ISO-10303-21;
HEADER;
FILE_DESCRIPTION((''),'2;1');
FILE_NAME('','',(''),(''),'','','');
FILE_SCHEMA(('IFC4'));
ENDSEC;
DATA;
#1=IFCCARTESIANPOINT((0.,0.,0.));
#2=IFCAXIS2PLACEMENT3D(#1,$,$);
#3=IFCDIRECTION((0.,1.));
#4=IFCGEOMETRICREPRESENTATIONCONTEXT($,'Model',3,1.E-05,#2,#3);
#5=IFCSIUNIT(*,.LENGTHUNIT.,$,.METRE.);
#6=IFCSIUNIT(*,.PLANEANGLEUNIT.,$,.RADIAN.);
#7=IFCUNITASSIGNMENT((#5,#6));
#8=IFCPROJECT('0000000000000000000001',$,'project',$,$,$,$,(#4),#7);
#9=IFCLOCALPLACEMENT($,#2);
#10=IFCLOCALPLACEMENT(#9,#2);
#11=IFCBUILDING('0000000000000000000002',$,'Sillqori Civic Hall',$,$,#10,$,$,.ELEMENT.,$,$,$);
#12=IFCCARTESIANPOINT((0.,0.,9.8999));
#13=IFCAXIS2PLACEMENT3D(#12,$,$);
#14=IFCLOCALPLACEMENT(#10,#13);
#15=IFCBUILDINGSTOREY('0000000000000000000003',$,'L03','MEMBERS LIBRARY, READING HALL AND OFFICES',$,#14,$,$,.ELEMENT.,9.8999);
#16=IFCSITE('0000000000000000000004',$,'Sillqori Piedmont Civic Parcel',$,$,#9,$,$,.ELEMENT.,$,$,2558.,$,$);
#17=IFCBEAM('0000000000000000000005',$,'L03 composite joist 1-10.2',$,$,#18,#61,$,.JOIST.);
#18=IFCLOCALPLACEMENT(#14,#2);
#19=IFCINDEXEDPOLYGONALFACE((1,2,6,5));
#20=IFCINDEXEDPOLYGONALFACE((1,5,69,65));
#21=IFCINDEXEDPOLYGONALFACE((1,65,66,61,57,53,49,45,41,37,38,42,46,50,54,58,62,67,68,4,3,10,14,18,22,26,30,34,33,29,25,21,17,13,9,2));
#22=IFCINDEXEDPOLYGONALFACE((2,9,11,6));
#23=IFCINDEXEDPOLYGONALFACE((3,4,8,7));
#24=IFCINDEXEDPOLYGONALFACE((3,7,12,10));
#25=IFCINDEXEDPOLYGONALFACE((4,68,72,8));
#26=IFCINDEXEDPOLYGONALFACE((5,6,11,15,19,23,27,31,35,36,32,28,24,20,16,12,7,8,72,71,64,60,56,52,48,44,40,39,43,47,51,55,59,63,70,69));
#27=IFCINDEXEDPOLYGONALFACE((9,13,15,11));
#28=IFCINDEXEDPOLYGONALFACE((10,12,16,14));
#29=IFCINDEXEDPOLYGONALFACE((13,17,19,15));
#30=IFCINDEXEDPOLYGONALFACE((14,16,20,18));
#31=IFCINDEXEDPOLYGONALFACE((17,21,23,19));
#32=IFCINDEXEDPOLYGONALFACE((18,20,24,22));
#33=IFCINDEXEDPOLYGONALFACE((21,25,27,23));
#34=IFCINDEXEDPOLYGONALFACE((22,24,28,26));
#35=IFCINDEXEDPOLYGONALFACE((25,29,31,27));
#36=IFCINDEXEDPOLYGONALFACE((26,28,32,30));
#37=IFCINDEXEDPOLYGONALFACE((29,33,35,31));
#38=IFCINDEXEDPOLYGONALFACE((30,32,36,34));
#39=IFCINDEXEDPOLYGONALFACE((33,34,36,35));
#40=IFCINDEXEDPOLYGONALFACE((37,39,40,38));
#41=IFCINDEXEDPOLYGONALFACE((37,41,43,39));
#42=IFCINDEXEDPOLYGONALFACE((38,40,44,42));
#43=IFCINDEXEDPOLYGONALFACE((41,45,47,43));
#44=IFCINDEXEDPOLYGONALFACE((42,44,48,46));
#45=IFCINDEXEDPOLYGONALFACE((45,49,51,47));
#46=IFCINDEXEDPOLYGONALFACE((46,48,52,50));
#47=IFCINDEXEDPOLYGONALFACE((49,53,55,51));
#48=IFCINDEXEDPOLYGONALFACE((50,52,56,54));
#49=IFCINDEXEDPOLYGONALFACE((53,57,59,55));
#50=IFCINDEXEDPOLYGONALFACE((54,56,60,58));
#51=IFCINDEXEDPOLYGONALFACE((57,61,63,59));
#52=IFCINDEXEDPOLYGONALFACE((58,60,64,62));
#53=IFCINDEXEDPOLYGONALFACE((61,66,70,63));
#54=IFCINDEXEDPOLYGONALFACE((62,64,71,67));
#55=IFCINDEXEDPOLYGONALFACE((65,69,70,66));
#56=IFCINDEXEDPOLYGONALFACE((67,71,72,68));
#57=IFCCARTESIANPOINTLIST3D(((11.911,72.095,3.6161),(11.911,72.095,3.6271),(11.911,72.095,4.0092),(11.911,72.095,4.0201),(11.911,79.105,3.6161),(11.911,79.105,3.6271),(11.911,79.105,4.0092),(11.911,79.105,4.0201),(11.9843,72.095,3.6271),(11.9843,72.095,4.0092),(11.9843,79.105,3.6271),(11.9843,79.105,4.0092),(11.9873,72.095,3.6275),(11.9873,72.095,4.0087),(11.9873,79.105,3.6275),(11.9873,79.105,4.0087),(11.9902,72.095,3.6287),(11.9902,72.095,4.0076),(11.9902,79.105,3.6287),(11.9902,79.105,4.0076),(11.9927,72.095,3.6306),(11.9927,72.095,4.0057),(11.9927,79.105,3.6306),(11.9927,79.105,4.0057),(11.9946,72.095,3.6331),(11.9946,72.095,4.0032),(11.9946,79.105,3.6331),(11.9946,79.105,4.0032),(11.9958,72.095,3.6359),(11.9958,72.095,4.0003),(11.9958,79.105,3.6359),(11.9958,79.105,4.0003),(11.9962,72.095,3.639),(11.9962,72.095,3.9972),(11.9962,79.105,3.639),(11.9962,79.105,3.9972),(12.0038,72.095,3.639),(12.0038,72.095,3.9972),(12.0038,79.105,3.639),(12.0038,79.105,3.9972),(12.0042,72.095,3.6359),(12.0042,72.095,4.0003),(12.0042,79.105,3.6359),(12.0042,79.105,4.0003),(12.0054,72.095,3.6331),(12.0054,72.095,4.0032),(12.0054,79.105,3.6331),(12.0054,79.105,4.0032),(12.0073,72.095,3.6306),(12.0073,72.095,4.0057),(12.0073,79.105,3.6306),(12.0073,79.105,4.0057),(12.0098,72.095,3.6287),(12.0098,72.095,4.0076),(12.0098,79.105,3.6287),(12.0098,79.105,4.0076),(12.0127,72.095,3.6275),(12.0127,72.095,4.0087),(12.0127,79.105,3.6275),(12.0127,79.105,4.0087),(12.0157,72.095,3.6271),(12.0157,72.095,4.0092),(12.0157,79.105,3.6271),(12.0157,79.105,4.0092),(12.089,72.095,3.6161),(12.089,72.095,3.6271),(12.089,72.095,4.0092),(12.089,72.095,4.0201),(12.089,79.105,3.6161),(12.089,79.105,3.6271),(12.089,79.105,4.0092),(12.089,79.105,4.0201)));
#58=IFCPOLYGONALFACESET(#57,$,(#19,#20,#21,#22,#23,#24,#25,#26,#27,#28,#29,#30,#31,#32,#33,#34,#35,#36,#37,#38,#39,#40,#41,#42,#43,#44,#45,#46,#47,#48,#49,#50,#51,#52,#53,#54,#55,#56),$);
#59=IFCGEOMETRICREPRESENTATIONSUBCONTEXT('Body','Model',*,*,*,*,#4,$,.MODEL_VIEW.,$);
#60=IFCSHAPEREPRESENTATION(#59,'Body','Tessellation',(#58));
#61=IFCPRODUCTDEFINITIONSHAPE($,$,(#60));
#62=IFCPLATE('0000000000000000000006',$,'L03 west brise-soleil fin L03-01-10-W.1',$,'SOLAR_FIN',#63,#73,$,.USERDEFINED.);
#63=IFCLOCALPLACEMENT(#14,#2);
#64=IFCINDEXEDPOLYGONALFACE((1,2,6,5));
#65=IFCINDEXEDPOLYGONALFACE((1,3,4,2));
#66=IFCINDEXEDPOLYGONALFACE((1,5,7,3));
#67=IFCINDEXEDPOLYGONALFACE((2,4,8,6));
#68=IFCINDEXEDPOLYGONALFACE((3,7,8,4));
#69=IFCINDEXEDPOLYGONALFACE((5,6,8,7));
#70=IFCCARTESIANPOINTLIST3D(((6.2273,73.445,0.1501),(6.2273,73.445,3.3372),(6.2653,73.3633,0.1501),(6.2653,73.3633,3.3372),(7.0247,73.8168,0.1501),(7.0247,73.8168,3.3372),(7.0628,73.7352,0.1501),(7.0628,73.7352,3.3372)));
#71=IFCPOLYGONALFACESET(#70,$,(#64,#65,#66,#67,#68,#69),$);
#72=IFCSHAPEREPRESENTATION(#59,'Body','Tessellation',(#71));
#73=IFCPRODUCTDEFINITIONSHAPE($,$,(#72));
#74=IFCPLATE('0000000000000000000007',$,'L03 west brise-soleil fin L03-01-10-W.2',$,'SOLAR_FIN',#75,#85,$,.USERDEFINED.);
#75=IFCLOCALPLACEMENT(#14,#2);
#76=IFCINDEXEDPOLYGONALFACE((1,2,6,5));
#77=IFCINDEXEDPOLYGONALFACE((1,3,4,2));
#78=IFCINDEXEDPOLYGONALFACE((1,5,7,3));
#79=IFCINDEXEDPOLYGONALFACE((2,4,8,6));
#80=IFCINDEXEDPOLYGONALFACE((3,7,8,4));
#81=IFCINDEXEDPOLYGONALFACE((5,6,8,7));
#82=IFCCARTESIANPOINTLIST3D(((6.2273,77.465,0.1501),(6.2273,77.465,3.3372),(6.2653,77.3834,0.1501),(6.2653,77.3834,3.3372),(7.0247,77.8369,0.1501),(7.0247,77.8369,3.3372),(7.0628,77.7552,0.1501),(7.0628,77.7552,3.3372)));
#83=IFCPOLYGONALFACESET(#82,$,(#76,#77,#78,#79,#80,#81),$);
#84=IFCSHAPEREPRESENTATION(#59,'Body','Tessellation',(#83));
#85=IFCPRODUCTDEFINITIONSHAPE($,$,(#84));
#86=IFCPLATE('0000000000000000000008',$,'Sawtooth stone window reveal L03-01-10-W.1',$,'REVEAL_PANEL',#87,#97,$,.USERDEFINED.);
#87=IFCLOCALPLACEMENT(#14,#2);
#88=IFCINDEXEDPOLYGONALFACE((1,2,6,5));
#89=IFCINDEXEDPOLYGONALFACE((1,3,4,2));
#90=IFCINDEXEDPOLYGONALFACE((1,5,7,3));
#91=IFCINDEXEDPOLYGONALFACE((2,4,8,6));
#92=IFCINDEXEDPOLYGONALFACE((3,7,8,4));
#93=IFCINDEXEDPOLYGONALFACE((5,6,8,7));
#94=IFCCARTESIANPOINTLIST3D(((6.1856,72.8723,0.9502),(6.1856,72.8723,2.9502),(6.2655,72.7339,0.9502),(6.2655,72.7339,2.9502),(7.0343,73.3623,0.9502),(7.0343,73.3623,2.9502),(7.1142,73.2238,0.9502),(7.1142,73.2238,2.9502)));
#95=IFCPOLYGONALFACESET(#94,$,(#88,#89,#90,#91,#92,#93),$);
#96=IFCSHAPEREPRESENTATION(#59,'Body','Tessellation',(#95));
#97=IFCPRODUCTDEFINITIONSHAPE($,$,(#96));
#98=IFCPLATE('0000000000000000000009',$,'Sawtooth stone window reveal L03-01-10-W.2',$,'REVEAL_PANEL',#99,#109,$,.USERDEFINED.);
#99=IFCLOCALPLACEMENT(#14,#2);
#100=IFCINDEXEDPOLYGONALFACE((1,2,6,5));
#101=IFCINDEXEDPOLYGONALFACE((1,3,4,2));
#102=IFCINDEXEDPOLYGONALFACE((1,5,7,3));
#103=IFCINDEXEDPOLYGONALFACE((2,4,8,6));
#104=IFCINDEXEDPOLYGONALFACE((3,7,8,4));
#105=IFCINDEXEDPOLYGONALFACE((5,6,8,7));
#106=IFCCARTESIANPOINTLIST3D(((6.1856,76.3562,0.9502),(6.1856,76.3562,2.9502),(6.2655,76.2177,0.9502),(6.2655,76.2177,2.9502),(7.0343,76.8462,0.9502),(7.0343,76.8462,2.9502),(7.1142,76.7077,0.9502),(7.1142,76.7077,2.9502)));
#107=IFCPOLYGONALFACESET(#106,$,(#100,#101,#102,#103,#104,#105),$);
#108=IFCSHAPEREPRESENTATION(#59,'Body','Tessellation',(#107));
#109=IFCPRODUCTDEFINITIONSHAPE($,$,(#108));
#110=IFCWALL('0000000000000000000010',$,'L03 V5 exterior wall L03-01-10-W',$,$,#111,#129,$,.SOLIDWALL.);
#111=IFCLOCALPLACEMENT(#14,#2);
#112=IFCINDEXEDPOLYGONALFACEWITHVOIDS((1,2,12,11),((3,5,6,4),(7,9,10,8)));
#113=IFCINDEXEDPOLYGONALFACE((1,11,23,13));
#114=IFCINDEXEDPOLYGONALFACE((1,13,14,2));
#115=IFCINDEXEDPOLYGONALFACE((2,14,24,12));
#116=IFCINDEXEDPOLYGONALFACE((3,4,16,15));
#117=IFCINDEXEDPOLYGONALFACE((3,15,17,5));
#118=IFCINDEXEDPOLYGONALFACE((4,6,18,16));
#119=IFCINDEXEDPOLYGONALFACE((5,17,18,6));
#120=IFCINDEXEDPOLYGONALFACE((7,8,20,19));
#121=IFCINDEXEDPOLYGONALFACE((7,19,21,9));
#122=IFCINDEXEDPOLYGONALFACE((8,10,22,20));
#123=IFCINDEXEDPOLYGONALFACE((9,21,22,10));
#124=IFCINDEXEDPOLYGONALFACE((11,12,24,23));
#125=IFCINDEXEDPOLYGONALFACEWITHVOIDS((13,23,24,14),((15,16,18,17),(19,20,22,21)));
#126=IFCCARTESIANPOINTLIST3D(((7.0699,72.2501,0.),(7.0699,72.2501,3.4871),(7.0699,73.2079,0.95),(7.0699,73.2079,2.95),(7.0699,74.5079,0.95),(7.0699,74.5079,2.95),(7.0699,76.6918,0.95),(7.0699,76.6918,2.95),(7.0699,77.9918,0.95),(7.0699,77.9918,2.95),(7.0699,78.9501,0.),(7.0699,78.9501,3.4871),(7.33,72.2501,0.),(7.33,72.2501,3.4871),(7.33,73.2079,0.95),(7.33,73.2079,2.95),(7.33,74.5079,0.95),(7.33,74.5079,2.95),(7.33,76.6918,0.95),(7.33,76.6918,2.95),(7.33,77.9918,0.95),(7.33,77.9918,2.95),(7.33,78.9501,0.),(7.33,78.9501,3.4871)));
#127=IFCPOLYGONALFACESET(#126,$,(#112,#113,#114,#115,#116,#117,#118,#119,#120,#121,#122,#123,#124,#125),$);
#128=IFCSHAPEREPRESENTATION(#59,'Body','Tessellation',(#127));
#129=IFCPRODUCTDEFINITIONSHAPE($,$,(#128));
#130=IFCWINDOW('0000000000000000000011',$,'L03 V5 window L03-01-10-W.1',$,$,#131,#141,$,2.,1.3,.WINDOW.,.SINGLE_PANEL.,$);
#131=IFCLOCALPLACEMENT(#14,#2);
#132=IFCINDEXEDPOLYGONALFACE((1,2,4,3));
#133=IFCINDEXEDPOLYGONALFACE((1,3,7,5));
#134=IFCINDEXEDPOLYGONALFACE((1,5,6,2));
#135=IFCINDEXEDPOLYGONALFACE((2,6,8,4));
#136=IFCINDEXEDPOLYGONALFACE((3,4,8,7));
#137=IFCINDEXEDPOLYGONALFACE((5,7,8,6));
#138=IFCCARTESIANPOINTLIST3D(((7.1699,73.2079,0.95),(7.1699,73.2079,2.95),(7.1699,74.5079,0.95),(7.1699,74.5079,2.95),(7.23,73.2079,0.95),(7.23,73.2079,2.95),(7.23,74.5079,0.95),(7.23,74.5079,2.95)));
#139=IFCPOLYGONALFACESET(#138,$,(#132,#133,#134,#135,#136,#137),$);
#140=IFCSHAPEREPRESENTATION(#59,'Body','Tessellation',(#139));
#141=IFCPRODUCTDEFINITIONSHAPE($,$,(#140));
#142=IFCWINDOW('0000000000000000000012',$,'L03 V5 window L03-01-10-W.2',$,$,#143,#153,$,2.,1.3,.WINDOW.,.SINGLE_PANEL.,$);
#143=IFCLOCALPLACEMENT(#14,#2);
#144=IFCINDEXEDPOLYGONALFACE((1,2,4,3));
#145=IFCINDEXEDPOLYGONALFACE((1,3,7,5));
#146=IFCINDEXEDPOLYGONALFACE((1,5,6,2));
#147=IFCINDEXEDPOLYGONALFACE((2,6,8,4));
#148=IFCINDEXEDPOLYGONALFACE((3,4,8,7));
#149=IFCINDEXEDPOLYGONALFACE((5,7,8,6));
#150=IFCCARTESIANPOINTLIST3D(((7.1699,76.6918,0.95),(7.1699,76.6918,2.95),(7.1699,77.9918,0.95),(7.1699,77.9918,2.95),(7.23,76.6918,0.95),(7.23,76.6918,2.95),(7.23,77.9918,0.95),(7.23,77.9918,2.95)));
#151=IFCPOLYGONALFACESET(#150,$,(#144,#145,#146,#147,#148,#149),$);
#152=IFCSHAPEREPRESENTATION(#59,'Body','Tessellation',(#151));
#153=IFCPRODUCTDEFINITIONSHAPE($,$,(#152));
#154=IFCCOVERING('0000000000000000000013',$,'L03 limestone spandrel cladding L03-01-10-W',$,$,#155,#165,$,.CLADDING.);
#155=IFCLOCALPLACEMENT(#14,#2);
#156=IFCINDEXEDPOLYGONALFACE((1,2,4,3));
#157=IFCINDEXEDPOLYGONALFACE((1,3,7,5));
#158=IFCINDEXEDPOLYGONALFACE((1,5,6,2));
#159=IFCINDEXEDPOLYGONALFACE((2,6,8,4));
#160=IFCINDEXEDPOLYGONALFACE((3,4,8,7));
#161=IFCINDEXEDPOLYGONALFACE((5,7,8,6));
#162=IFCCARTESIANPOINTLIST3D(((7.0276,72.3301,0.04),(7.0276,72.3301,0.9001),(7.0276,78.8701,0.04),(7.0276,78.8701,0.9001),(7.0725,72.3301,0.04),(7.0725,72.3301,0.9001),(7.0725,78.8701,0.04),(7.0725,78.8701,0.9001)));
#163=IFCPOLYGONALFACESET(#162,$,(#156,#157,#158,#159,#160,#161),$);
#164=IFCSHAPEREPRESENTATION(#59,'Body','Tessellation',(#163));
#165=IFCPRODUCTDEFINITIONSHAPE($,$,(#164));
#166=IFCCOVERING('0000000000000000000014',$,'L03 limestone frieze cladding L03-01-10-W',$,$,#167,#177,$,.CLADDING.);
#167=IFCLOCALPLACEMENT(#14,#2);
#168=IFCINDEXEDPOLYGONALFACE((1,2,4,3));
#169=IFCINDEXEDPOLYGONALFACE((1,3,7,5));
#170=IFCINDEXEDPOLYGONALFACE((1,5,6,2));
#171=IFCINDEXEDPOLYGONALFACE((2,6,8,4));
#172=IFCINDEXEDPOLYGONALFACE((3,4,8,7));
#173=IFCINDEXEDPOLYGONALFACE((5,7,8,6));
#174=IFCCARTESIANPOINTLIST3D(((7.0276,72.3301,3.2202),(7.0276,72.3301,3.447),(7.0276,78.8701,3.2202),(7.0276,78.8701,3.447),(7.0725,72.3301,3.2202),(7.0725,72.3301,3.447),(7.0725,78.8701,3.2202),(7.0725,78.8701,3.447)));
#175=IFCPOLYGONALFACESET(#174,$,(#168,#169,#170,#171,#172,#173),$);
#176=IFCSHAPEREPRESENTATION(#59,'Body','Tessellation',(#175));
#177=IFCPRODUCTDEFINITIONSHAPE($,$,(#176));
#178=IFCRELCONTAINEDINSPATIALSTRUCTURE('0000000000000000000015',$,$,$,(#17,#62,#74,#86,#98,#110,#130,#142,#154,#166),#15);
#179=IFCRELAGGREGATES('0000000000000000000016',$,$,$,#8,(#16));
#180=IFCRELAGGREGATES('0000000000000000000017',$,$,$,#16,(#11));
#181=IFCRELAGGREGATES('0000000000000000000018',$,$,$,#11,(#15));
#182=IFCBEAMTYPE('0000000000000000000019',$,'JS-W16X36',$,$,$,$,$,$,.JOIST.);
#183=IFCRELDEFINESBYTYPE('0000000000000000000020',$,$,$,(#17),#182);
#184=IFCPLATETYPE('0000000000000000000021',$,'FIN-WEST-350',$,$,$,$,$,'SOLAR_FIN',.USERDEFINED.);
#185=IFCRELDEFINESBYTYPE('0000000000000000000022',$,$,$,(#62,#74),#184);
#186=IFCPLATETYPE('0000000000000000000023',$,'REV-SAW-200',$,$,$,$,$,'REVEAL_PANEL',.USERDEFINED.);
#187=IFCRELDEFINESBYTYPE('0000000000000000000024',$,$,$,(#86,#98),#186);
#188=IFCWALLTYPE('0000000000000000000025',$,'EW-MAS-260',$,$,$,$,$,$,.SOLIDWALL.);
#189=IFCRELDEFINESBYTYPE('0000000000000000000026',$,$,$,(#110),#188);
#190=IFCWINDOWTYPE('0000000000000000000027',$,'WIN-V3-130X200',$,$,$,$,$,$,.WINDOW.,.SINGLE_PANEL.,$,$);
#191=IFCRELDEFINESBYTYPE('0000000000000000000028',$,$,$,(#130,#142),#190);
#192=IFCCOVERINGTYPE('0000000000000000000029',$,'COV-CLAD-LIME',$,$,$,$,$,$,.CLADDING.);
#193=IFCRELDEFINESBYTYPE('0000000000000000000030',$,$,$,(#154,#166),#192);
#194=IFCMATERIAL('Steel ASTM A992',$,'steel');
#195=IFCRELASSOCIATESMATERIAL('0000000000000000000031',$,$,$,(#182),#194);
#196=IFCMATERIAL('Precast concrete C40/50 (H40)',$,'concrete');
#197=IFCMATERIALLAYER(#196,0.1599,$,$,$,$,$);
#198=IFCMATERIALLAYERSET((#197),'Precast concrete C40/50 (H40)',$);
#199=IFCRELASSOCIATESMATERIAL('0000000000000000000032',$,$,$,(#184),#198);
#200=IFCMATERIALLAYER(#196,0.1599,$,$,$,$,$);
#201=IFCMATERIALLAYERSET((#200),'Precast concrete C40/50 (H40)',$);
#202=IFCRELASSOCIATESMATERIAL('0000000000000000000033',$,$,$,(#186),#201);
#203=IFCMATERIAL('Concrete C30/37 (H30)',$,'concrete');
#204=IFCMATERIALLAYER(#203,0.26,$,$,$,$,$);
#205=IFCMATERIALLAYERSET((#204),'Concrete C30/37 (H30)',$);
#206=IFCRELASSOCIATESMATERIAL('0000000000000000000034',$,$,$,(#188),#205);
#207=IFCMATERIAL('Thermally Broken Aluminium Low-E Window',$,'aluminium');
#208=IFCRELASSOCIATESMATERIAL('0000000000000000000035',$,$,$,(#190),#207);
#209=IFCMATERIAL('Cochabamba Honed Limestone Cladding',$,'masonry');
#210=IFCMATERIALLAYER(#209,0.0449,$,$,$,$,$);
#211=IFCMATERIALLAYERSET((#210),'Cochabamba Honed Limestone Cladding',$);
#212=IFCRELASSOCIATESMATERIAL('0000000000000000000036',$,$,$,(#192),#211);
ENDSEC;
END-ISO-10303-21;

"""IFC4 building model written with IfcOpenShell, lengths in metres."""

from ifc_helpers import new_model, si_unit, direction, frame, frame_2d, origin, origin_2d, place, context, subcontext, project, spatial, rectangle, i_section, extrude, material, layer, layer_set, material_profile, profile_set, type_object, element, fill, save


model = new_model("IFC4")

# Units and contexts
model_context = context("Model", 3, precision=1e-05, world=origin(), true_north=direction((0.0, 1.0)))
body_context = subcontext(model_context, "Body", "Model", "MODEL_VIEW")
ifc_project = project(units=[si_unit("LENGTHUNIT", "METRE"), si_unit("PLANEANGLEUNIT", "RADIAN")], contexts=[model_context])

# Site, building, storey
site_placement = place(None, origin())
site = spatial("IfcSite", under=ifc_project, at=site_placement, Name="Sillqori Piedmont Civic Parcel", CompositionType="ELEMENT", RefElevation=2558.0)
building_placement = place(site_placement, origin())
building = spatial("IfcBuilding", under=site, at=building_placement, Name="Sillqori Civic Hall", CompositionType="ELEMENT")
storey_placement = place(building_placement, frame((0.0, 0.0, 9.8999)))
storey = spatial("IfcBuildingStorey", under=building, at=storey_placement, Name="L03", Description="MEMBERS LIBRARY, READING HALL AND OFFICES", CompositionType="ELEMENT", Elevation=9.8999)

# Beam
ifc_material_1 = material(Name="Steel ASTM A992", Category="steel")
ifc_material_profile_1 = material_profile(ifc_material_1, i_section(OverallWidth=0.178, OverallDepth=0.4041, WebThickness=0.0076, FlangeThickness=0.011, FilletRadius=0.012, at=origin_2d()), Name="W16X36")
ifc_profile_set_1 = profile_set([ifc_material_profile_1], Name="Steel ASTM A992")
beam_type_1 = type_object("IfcBeamType", Name="JS-W16X36", PredefinedType="JOIST", material=ifc_profile_set_1)
for number, where, z_axis, x_axis, name in (
    (1, (12.0, 72.095, 3.8181), (0.0, 1.0, 0.0), (-1.0, 0.0, 0.0), "L03 composite joist 1-10.2"),
):
    element("IfcBeam", number, at=place(storey_placement, frame(where, z_axis=z_axis, x_axis=x_axis)), inside=storey, type_object=beam_type_1, Name=name, PredefinedType="JOIST", context=body_context, shape_type="SweptSolid", body=[
        extrude(i_section(OverallWidth=0.178, OverallDepth=0.4041, WebThickness=0.0076, FlangeThickness=0.011, FilletRadius=0.012, at=origin_2d()), origin(), (0.0, 0.0, 1.0), 7.01),
    ])

# Plates
ifc_material_2 = material(Name="Precast concrete C40/50 (H40)", Category="concrete")
ifc_layer_1 = layer(ifc_material_2, 0.1599)
ifc_layer_set_1 = layer_set([ifc_layer_1], Name="Precast concrete C40/50 (H40)")
plate_type_1 = type_object("IfcPlateType", Name="FIN-WEST-350", ElementType="SOLAR_FIN", PredefinedType="USERDEFINED", material=ifc_layer_set_1)
for number, where, z_axis, x_axis, name in (
    (2, (6.645, 73.5901, 0.1501), (0.0, 0.0, 1.0), (-0.422618, 0.906308, 0.0), "L03 west brise-soleil fin L03-01-10-W.1"),
    (3, (6.645, 77.6101, 0.1501), (0.0, 0.0, 1.0), (-0.422618, 0.906308, 0.0), "L03 west brise-soleil fin L03-01-10-W.2"),
):
    element("IfcPlate", number, at=place(storey_placement, frame(where, z_axis=z_axis, x_axis=x_axis)), inside=storey, type_object=plate_type_1, Name=name, ObjectType="SOLAR_FIN", PredefinedType="USERDEFINED", context=body_context, shape_type="SweptSolid", body=[
        extrude(rectangle(XDim=0.0901, YDim=0.8799, at=origin_2d()), origin(), (0.0, 0.0, 1.0), 3.187),
    ])
ifc_layer_2 = layer(ifc_material_2, 0.1599)
ifc_layer_set_2 = layer_set([ifc_layer_2], Name="Precast concrete C40/50 (H40)")
plate_type_2 = type_object("IfcPlateType", Name="REV-SAW-200", ElementType="REVEAL_PANEL", PredefinedType="USERDEFINED", material=ifc_layer_set_2)
for number, where, z_axis, x_axis, name in (
    (4, (6.6499, 73.0481, 0.9502), (0.0, 0.0, 1.0), (-0.5, 0.866025, 0.0), "Sawtooth stone window reveal L03-01-10-W.1"),
    (5, (6.6499, 76.532, 0.9502), (0.0, 0.0, 1.0), (-0.5, 0.866025, 0.0), "Sawtooth stone window reveal L03-01-10-W.2"),
):
    element("IfcPlate", number, at=place(storey_placement, frame(where, z_axis=z_axis, x_axis=x_axis)), inside=storey, type_object=plate_type_2, Name=name, ObjectType="REVEAL_PANEL", PredefinedType="USERDEFINED", context=body_context, shape_type="SweptSolid", body=[
        extrude(rectangle(XDim=0.1599, YDim=0.98, at=origin_2d()), origin(), (0.0, 0.0, 1.0), 2.0),
    ])

# Wall, openings, windows
ifc_material_3 = material(Name="Concrete C30/37 (H30)", Category="concrete")
ifc_layer_3 = layer(ifc_material_3, 0.26)
ifc_layer_set_3 = layer_set([ifc_layer_3], Name="Concrete C30/37 (H30)")
wall_type = type_object("IfcWallType", Name="EW-MAS-260", PredefinedType="SOLIDWALL", material=ifc_layer_set_3)
wall_placement = place(storey_placement, frame((7.2, 72.25, 0.0), z_axis=(0.0, 0.0, 1.0), x_axis=(0.0, 1.0, 0.0)))
wall = element("IfcWall", 6, at=wall_placement, inside=storey, type_object=wall_type, Name="L03 V5 exterior wall L03-01-10-W", PredefinedType="SOLIDWALL", context=body_context, shape_type="SweptSolid", body=[
    extrude(rectangle(XDim=6.7, YDim=0.26, at=frame_2d((3.3501, 0.0))), origin(), (0.0, 0.0, 1.0), 3.4871),
])
opening_1_placement = place(wall_placement, frame((0.958, 0.0, 0.95)))
opening_1 = element("IfcOpeningElement", 7, at=opening_1_placement, cuts=wall, PredefinedType="OPENING", context=body_context, shape_type="SweptSolid", body=[
    extrude(rectangle(XDim=1.3, YDim=2.0, at=frame_2d((0.6499, 1.0))), frame((0.0, 0.1399, 0.0), z_axis=(0.0, -1.0, 0.0), x_axis=(1.0, 0.0, 0.0)), (0.0, 0.0, 1.0), 0.28),
])
opening_2_placement = place(wall_placement, frame((4.4419, 0.0, 0.95)))
opening_2 = element("IfcOpeningElement", 8, at=opening_2_placement, cuts=wall, PredefinedType="OPENING", context=body_context, shape_type="SweptSolid", body=[
    extrude(rectangle(XDim=1.3, YDim=2.0, at=frame_2d((0.6499, 1.0))), frame((0.0, 0.1399, 0.0), z_axis=(0.0, -1.0, 0.0), x_axis=(1.0, 0.0, 0.0)), (0.0, 0.0, 1.0), 0.28),
])
ifc_material_4 = material(Name="Thermally Broken Aluminium Low-E Window", Category="aluminium")
window_type = type_object("IfcWindowType", Name="WIN-V3-130X200", PartitioningType="SINGLE_PANEL", PredefinedType="WINDOW", material=ifc_material_4)
window_1_placement = place(opening_1_placement, origin())
window_1 = element("IfcWindow", 9, at=window_1_placement, inside=storey, type_object=window_type, Name="L03 V5 window L03-01-10-W.1", OverallHeight=2.0, OverallWidth=1.3, PartitioningType="SINGLE_PANEL", PredefinedType="WINDOW", context=body_context, shape_type="SweptSolid", body=[
    extrude(rectangle(XDim=1.3, YDim=2.0, at=frame_2d((0.6499, 1.0))), frame((0.0, 0.03, 0.0), z_axis=(0.0, -1.0, 0.0), x_axis=(1.0, 0.0, 0.0)), (0.0, 0.0, 1.0), 0.0601),
])
fill(opening_1, window_1)
window_2_placement = place(opening_2_placement, origin())
window_2 = element("IfcWindow", 10, at=window_2_placement, inside=storey, type_object=window_type, Name="L03 V5 window L03-01-10-W.2", OverallHeight=2.0, OverallWidth=1.3, PartitioningType="SINGLE_PANEL", PredefinedType="WINDOW", context=body_context, shape_type="SweptSolid", body=[
    extrude(rectangle(XDim=1.3, YDim=2.0, at=frame_2d((0.6499, 1.0))), frame((0.0, 0.03, 0.0), z_axis=(0.0, -1.0, 0.0), x_axis=(1.0, 0.0, 0.0)), (0.0, 0.0, 1.0), 0.0601),
])
fill(opening_2, window_2)

# Coverings
ifc_material_5 = material(Name="Cochabamba Honed Limestone Cladding", Category="masonry")
ifc_layer_4 = layer(ifc_material_5, 0.0449)
ifc_layer_set_4 = layer_set([ifc_layer_4], Name="Cochabamba Honed Limestone Cladding")
covering_type = type_object("IfcCoveringType", Name="COV-CLAD-LIME", PredefinedType="CLADDING", material=ifc_layer_set_4)
covering_1_placement = place(storey_placement, frame((7.05, 72.3301, 0.04), z_axis=(0.0, 0.0, 1.0), x_axis=(0.0, 1.0, 0.0)))
element("IfcCovering", 11, at=covering_1_placement, inside=storey, type_object=covering_type, Name="L03 limestone spandrel cladding L03-01-10-W", PredefinedType="CLADDING", context=body_context, shape_type="SweptSolid", body=[
    extrude(rectangle(XDim=6.54, YDim=0.0449, at=frame_2d((3.27, 0.0))), origin(), (0.0, 0.0, 1.0), 0.8601),
])
covering_2_placement = place(storey_placement, frame((7.05, 72.3301, 3.2202), z_axis=(0.0, 0.0, 1.0), x_axis=(0.0, 1.0, 0.0)))
element("IfcCovering", 12, at=covering_2_placement, inside=storey, type_object=covering_type, Name="L03 limestone frieze cladding L03-01-10-W", PredefinedType="CLADDING", context=body_context, shape_type="SweptSolid", body=[
    extrude(rectangle(XDim=6.54, YDim=0.0449, at=frame_2d((3.27, 0.0))), origin(), (0.0, 0.0, 1.0), 0.2268),
])

save(model, "model.ifc")
